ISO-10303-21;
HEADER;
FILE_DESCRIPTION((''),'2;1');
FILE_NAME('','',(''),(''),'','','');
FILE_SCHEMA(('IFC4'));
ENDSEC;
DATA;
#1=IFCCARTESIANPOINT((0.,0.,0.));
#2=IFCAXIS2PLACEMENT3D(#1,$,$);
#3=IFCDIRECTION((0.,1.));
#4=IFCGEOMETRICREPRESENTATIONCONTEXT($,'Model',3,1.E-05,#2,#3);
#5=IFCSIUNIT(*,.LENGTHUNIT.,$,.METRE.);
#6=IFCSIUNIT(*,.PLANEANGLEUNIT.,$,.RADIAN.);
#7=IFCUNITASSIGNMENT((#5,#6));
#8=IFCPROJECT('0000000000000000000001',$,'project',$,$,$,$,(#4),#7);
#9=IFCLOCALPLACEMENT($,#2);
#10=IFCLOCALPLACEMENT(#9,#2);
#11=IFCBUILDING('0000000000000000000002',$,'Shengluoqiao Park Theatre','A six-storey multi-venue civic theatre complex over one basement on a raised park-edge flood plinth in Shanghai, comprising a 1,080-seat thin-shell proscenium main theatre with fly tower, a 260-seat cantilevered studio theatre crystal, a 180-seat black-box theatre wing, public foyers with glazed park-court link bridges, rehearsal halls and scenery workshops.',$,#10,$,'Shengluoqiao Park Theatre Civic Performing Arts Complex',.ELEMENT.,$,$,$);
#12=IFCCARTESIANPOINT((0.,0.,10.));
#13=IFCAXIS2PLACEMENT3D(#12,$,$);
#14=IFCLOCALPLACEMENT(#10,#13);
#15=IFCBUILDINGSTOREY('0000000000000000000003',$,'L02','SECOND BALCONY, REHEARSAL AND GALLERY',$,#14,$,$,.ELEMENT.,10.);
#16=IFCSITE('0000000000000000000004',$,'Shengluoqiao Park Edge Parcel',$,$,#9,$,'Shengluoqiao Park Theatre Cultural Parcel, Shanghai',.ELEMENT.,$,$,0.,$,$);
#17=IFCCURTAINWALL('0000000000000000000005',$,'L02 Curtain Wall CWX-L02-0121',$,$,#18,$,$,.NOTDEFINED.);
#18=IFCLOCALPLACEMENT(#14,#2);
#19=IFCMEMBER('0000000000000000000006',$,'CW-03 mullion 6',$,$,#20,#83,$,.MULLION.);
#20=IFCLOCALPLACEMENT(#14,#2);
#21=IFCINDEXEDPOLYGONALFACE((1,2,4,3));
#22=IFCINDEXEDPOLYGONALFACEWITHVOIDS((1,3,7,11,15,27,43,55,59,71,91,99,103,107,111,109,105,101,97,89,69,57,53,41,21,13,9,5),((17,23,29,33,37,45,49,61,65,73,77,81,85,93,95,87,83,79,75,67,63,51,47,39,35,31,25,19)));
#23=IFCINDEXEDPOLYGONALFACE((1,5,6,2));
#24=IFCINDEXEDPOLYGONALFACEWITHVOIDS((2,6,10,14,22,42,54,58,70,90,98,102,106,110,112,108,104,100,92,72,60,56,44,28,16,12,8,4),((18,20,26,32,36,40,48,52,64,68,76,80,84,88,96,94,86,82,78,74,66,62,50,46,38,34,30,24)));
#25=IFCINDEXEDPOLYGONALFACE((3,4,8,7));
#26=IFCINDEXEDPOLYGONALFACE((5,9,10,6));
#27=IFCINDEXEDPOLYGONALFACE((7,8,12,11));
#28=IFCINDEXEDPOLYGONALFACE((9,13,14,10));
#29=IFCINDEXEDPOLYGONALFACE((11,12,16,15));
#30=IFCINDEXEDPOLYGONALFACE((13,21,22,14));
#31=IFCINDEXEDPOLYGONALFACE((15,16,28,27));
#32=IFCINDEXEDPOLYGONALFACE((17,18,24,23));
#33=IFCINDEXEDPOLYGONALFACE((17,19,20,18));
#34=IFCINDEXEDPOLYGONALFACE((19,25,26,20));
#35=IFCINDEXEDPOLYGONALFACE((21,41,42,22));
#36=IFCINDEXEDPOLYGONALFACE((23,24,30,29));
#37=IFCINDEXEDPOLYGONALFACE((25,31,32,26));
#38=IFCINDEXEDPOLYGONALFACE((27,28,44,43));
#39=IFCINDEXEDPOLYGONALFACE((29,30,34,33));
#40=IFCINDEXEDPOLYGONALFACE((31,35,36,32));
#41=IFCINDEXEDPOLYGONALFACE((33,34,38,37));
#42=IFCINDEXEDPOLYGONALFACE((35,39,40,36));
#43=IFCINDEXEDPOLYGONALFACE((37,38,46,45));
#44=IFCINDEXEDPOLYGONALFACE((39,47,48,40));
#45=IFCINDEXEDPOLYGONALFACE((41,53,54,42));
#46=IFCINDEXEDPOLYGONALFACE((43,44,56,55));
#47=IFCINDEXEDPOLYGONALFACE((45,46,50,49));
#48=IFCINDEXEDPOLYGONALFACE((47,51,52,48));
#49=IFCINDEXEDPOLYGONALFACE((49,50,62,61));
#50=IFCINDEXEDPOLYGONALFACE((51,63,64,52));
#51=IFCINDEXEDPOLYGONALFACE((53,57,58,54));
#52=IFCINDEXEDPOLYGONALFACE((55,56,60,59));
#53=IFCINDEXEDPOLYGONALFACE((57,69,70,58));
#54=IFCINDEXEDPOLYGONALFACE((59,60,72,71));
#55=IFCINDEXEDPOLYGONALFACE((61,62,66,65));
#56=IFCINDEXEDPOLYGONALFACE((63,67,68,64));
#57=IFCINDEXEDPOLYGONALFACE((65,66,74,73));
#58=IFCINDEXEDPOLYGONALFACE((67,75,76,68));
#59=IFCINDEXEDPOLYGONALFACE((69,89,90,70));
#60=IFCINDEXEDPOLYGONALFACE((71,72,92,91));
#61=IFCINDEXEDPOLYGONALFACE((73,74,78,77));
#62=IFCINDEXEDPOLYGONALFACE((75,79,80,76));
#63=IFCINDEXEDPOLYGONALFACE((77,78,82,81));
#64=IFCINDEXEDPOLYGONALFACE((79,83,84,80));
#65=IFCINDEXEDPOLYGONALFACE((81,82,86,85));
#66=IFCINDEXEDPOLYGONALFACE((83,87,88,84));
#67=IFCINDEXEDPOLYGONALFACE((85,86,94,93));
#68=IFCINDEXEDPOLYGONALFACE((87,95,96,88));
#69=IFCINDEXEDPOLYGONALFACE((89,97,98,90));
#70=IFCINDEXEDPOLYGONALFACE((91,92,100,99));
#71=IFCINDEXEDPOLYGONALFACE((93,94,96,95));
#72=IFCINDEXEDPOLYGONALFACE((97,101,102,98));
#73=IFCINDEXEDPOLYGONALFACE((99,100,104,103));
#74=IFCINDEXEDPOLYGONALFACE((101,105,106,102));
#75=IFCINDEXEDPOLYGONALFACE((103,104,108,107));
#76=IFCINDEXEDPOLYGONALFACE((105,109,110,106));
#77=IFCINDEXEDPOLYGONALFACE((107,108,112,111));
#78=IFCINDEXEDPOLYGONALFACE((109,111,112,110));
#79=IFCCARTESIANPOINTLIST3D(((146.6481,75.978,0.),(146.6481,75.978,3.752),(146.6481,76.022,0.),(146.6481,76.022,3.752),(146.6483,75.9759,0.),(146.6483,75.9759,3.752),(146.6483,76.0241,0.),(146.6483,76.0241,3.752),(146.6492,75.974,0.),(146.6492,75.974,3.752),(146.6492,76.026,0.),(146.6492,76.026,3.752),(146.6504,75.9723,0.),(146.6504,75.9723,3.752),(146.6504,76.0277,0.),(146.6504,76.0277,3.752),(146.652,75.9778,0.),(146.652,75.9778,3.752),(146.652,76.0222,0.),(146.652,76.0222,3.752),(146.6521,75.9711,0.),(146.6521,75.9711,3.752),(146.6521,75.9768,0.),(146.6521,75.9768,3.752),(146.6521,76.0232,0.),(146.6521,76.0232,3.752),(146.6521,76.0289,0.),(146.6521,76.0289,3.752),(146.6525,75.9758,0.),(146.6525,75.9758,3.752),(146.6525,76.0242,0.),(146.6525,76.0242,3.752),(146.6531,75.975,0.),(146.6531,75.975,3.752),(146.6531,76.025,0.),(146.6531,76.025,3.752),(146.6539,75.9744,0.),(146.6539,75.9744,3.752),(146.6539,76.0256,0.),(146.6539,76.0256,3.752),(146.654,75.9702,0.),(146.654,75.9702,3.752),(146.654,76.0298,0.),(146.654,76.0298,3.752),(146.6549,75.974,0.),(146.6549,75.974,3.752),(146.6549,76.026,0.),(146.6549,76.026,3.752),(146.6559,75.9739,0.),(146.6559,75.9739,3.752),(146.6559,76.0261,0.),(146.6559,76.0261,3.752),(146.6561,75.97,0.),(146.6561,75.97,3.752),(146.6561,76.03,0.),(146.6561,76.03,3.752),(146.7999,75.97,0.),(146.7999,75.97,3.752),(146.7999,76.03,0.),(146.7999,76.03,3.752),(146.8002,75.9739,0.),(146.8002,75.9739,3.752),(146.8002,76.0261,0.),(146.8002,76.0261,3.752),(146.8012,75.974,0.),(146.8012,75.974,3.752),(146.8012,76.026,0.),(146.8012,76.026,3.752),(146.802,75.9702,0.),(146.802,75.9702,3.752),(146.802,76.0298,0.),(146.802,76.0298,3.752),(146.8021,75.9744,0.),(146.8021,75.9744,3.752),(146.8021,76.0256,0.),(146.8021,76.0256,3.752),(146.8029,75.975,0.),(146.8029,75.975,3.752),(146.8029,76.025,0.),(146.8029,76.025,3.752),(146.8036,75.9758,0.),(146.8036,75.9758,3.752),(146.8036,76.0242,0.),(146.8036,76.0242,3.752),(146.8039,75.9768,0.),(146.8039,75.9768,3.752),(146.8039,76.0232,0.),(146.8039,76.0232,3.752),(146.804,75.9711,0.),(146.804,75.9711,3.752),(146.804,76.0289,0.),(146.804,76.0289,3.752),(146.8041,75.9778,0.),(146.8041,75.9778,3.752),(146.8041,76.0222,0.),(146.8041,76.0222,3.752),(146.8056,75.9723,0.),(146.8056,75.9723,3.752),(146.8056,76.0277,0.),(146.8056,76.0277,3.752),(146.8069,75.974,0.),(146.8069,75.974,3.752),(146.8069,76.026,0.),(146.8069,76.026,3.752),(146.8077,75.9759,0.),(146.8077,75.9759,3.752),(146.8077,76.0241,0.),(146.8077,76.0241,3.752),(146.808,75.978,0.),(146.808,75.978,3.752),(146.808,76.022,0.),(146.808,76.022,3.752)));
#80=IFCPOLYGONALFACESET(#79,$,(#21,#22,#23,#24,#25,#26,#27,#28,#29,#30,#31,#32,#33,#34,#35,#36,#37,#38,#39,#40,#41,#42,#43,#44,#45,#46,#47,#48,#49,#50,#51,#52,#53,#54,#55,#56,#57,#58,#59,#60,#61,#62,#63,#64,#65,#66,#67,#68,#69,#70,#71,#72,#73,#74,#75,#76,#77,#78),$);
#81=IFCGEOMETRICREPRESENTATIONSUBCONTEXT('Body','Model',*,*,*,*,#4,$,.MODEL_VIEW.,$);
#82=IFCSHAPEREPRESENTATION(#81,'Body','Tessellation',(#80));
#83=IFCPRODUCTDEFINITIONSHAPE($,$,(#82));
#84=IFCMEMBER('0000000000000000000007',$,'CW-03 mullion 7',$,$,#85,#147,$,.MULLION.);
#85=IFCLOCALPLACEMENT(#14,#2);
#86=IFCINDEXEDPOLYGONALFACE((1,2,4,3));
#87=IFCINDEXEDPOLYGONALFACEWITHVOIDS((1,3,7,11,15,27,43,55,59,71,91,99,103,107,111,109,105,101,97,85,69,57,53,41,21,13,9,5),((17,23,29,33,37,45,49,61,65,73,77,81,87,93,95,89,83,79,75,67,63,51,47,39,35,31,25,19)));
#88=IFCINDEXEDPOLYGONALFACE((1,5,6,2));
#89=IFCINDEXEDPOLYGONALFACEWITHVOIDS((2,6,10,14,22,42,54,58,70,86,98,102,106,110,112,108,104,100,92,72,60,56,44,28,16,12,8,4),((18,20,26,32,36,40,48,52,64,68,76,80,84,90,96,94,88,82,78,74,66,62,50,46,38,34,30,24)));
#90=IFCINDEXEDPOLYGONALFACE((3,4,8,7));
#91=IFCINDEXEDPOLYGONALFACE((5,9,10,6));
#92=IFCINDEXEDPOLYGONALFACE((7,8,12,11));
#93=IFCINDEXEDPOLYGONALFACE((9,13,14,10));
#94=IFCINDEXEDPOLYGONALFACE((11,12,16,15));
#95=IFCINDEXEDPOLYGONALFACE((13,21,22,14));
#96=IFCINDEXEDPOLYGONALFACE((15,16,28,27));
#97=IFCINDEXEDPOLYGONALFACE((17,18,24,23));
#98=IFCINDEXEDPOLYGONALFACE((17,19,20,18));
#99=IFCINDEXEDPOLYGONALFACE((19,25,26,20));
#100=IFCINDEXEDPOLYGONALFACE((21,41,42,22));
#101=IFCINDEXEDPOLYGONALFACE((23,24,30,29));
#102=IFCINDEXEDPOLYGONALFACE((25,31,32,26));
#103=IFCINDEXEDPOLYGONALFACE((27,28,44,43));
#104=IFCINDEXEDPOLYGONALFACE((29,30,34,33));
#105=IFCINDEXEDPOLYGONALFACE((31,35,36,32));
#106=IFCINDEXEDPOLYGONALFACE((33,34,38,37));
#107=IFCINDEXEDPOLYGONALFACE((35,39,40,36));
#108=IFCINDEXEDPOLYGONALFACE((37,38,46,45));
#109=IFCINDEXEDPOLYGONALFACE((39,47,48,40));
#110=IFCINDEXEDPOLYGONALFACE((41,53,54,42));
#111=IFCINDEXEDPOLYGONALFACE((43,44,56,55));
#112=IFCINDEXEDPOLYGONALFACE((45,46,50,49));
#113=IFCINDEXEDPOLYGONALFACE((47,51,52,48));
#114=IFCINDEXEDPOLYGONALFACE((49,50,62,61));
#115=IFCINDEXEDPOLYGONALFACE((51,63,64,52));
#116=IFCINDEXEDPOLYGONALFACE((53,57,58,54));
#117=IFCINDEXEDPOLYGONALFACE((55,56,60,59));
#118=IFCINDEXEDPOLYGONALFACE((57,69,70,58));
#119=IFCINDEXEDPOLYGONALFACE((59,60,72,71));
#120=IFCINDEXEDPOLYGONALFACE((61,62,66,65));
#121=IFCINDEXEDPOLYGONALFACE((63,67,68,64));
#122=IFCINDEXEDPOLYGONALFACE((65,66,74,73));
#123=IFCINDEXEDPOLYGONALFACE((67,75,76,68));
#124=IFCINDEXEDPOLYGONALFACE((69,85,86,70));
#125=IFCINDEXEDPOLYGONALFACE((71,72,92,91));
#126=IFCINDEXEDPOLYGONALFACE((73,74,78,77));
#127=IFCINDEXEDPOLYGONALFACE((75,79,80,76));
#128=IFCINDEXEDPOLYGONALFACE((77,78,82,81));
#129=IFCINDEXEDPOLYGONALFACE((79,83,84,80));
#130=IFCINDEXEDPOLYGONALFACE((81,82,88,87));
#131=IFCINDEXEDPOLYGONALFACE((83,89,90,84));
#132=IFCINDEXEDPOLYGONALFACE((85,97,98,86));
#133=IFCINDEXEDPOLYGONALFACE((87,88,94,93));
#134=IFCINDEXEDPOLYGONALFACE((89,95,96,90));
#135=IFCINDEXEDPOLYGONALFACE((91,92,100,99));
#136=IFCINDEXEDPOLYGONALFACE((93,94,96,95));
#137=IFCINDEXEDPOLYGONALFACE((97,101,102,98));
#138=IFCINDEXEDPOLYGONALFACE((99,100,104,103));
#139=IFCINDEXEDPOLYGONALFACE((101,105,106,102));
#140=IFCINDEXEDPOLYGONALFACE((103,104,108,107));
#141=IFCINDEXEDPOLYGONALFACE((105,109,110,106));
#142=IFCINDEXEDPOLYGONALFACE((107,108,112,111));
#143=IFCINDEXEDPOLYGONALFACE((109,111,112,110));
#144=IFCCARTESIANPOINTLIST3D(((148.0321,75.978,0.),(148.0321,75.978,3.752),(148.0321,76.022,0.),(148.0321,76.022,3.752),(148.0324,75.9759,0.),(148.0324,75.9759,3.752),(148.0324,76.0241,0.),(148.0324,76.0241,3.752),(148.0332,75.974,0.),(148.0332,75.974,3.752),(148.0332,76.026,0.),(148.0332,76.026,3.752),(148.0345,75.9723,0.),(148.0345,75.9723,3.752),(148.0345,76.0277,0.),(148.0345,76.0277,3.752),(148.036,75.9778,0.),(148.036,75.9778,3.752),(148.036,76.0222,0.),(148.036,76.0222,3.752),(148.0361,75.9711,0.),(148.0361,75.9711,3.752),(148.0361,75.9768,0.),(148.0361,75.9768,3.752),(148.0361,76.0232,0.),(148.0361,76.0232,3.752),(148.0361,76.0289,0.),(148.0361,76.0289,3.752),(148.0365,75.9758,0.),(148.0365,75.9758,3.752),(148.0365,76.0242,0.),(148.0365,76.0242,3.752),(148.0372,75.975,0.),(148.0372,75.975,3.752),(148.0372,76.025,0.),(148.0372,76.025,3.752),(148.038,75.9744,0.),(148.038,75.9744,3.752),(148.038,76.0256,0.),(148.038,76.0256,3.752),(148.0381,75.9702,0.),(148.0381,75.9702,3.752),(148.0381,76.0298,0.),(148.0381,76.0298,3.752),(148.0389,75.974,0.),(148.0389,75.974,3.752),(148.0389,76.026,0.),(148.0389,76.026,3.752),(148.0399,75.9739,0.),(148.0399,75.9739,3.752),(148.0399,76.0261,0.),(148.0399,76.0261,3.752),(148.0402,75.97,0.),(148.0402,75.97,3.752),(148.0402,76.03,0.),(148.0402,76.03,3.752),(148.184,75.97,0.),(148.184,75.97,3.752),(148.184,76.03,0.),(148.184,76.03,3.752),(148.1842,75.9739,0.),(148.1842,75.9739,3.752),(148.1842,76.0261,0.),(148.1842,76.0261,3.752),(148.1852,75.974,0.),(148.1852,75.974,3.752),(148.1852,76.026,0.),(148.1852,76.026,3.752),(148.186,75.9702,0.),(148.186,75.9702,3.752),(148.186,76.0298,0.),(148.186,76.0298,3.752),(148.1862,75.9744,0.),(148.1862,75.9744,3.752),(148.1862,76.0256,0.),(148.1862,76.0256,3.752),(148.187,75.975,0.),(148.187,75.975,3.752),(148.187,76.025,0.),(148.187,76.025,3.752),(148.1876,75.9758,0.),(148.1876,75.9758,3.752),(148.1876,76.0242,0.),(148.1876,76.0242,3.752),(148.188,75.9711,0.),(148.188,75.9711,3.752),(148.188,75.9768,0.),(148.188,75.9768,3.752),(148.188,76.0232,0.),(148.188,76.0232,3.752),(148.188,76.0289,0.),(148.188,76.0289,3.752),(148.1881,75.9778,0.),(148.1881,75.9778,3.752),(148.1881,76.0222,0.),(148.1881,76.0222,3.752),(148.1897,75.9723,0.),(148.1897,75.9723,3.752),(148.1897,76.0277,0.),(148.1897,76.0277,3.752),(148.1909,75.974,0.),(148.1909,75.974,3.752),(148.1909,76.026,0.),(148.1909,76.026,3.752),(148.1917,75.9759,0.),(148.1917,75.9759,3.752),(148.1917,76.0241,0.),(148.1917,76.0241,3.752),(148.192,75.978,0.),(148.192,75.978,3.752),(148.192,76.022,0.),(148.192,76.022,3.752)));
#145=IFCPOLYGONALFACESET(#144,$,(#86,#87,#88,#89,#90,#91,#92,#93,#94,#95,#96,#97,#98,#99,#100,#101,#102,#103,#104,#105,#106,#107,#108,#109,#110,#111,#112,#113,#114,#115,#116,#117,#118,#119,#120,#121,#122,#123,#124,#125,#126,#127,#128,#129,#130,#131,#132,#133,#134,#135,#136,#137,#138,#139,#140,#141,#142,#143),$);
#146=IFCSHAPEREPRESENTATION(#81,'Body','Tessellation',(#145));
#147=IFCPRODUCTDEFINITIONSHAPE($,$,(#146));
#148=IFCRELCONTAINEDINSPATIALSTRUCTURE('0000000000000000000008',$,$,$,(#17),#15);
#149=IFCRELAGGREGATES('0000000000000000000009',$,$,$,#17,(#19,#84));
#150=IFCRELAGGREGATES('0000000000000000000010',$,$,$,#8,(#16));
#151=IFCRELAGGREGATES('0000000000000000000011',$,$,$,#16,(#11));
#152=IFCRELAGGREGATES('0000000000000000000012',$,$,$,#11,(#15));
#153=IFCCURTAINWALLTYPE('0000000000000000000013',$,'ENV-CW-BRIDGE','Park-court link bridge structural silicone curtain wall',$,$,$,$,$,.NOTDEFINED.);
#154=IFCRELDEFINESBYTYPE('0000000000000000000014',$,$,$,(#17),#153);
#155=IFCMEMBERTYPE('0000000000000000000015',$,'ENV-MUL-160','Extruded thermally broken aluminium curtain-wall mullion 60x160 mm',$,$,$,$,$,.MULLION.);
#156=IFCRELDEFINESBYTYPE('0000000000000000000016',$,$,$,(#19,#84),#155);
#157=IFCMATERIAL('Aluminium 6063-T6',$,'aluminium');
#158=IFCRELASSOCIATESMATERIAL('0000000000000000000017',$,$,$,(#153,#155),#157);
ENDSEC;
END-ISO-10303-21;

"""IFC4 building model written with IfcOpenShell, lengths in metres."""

from ifc_helpers import new_model, si_unit, direction, frame, origin, origin_2d, place, context, subcontext, project, spatial, hollow_rectangle, extrude, material, material_profile, profile_set, type_object, element, aggregate, save


model = new_model("IFC4")

# Units and contexts
model_context = context("Model", 3, precision=1e-05, world=origin(), true_north=direction((0.0, 1.0)))
body_context = subcontext(model_context, "Body", "Model", "MODEL_VIEW")
ifc_project = project(units=[si_unit("LENGTHUNIT", "METRE"), si_unit("PLANEANGLEUNIT", "RADIAN")], contexts=[model_context])

# Site, building, storey
site_placement = place(None, origin())
site = spatial("IfcSite", under=ifc_project, at=site_placement, Name="Shengluoqiao Park Edge Parcel", LongName="Shengluoqiao Park Theatre Cultural Parcel, Shanghai", CompositionType="ELEMENT", RefElevation=0.0)
building_placement = place(site_placement, origin())
building = spatial("IfcBuilding", under=site, at=building_placement, Name="Shengluoqiao Park Theatre", Description="A six-storey multi-venue civic theatre complex over one basement on a raised park-edge flood plinth in Shanghai, comprising a 1,080-seat thin-shell proscenium main theatre with fly tower, a 260-seat cantilevered studio theatre crystal, a 180-seat black-box theatre wing, public foyers with glazed park-court link bridges, rehearsal halls and scenery workshops.", LongName="Shengluoqiao Park Theatre Civic Performing Arts Complex", CompositionType="ELEMENT")
storey_placement = place(building_placement, frame((0.0, 0.0, 10.0)))
storey = spatial("IfcBuildingStorey", under=building, at=storey_placement, Name="L02", Description="SECOND BALCONY, REHEARSAL AND GALLERY", CompositionType="ELEMENT", Elevation=10.0)

# Curtain wall, members
ifc_material_1 = material(Name="Aluminium 6063-T6", Category="aluminium")
curtain_wall_type = type_object("IfcCurtainWallType", Name="ENV-CW-BRIDGE", Description="Park-court link bridge structural silicone curtain wall", PredefinedType="NOTDEFINED", material=ifc_material_1)
curtain_wall_1_placement = place(storey_placement, origin())
curtain_wall_1 = element("IfcCurtainWall", 1, at=curtain_wall_1_placement, inside=storey, type_object=curtain_wall_type, Name="L02 Curtain Wall CWX-L02-0121", PredefinedType="NOTDEFINED")
ifc_material_profile_1 = material_profile(ifc_material_1, hollow_rectangle(XDim=0.0601, YDim=0.1599, WallThickness=0.0039, InnerFilletRadius=0.0039, OuterFilletRadius=0.0081, at=origin_2d()), Name="ALU MULLION 160x60x4")
ifc_profile_set_1 = profile_set([ifc_material_profile_1], Name="Aluminium 6063-T6")
member_type_1 = type_object("IfcMemberType", Name="ENV-MUL-160", Description="Extruded thermally broken aluminium curtain-wall mullion 60x160 mm", PredefinedType="MULLION", material=ifc_profile_set_1)
member_1_placement = place(storey_placement, frame((146.728, 76.0, 0.0), z_axis=(0.0, 0.0, 1.0), x_axis=(0.0, 1.0, 0.0)))
member_1 = element("IfcMember", 2, at=member_1_placement, type_object=member_type_1, Name="CW-03 mullion 6", PredefinedType="MULLION", context=body_context, shape_type="SweptSolid", body=[
    extrude(hollow_rectangle(XDim=0.0601, YDim=0.1599, WallThickness=0.0039, InnerFilletRadius=0.0039, OuterFilletRadius=0.0081, at=origin_2d()), origin(), (0.0, 0.0, 1.0), 3.752),
])
member_2_placement = place(storey_placement, frame((148.1121, 76.0, 0.0), z_axis=(0.0, 0.0, 1.0), x_axis=(0.0, 1.0, 0.0)))
member_2 = element("IfcMember", 3, at=member_2_placement, type_object=member_type_1, Name="CW-03 mullion 7", PredefinedType="MULLION", context=body_context, shape_type="SweptSolid", body=[
    extrude(hollow_rectangle(XDim=0.0601, YDim=0.1599, WallThickness=0.0039, InnerFilletRadius=0.0039, OuterFilletRadius=0.0081, at=origin_2d()), origin(), (0.0, 0.0, 1.0), 3.752),
])

aggregate(curtain_wall_1, [member_1, member_2])

save(model, "model.ifc")
